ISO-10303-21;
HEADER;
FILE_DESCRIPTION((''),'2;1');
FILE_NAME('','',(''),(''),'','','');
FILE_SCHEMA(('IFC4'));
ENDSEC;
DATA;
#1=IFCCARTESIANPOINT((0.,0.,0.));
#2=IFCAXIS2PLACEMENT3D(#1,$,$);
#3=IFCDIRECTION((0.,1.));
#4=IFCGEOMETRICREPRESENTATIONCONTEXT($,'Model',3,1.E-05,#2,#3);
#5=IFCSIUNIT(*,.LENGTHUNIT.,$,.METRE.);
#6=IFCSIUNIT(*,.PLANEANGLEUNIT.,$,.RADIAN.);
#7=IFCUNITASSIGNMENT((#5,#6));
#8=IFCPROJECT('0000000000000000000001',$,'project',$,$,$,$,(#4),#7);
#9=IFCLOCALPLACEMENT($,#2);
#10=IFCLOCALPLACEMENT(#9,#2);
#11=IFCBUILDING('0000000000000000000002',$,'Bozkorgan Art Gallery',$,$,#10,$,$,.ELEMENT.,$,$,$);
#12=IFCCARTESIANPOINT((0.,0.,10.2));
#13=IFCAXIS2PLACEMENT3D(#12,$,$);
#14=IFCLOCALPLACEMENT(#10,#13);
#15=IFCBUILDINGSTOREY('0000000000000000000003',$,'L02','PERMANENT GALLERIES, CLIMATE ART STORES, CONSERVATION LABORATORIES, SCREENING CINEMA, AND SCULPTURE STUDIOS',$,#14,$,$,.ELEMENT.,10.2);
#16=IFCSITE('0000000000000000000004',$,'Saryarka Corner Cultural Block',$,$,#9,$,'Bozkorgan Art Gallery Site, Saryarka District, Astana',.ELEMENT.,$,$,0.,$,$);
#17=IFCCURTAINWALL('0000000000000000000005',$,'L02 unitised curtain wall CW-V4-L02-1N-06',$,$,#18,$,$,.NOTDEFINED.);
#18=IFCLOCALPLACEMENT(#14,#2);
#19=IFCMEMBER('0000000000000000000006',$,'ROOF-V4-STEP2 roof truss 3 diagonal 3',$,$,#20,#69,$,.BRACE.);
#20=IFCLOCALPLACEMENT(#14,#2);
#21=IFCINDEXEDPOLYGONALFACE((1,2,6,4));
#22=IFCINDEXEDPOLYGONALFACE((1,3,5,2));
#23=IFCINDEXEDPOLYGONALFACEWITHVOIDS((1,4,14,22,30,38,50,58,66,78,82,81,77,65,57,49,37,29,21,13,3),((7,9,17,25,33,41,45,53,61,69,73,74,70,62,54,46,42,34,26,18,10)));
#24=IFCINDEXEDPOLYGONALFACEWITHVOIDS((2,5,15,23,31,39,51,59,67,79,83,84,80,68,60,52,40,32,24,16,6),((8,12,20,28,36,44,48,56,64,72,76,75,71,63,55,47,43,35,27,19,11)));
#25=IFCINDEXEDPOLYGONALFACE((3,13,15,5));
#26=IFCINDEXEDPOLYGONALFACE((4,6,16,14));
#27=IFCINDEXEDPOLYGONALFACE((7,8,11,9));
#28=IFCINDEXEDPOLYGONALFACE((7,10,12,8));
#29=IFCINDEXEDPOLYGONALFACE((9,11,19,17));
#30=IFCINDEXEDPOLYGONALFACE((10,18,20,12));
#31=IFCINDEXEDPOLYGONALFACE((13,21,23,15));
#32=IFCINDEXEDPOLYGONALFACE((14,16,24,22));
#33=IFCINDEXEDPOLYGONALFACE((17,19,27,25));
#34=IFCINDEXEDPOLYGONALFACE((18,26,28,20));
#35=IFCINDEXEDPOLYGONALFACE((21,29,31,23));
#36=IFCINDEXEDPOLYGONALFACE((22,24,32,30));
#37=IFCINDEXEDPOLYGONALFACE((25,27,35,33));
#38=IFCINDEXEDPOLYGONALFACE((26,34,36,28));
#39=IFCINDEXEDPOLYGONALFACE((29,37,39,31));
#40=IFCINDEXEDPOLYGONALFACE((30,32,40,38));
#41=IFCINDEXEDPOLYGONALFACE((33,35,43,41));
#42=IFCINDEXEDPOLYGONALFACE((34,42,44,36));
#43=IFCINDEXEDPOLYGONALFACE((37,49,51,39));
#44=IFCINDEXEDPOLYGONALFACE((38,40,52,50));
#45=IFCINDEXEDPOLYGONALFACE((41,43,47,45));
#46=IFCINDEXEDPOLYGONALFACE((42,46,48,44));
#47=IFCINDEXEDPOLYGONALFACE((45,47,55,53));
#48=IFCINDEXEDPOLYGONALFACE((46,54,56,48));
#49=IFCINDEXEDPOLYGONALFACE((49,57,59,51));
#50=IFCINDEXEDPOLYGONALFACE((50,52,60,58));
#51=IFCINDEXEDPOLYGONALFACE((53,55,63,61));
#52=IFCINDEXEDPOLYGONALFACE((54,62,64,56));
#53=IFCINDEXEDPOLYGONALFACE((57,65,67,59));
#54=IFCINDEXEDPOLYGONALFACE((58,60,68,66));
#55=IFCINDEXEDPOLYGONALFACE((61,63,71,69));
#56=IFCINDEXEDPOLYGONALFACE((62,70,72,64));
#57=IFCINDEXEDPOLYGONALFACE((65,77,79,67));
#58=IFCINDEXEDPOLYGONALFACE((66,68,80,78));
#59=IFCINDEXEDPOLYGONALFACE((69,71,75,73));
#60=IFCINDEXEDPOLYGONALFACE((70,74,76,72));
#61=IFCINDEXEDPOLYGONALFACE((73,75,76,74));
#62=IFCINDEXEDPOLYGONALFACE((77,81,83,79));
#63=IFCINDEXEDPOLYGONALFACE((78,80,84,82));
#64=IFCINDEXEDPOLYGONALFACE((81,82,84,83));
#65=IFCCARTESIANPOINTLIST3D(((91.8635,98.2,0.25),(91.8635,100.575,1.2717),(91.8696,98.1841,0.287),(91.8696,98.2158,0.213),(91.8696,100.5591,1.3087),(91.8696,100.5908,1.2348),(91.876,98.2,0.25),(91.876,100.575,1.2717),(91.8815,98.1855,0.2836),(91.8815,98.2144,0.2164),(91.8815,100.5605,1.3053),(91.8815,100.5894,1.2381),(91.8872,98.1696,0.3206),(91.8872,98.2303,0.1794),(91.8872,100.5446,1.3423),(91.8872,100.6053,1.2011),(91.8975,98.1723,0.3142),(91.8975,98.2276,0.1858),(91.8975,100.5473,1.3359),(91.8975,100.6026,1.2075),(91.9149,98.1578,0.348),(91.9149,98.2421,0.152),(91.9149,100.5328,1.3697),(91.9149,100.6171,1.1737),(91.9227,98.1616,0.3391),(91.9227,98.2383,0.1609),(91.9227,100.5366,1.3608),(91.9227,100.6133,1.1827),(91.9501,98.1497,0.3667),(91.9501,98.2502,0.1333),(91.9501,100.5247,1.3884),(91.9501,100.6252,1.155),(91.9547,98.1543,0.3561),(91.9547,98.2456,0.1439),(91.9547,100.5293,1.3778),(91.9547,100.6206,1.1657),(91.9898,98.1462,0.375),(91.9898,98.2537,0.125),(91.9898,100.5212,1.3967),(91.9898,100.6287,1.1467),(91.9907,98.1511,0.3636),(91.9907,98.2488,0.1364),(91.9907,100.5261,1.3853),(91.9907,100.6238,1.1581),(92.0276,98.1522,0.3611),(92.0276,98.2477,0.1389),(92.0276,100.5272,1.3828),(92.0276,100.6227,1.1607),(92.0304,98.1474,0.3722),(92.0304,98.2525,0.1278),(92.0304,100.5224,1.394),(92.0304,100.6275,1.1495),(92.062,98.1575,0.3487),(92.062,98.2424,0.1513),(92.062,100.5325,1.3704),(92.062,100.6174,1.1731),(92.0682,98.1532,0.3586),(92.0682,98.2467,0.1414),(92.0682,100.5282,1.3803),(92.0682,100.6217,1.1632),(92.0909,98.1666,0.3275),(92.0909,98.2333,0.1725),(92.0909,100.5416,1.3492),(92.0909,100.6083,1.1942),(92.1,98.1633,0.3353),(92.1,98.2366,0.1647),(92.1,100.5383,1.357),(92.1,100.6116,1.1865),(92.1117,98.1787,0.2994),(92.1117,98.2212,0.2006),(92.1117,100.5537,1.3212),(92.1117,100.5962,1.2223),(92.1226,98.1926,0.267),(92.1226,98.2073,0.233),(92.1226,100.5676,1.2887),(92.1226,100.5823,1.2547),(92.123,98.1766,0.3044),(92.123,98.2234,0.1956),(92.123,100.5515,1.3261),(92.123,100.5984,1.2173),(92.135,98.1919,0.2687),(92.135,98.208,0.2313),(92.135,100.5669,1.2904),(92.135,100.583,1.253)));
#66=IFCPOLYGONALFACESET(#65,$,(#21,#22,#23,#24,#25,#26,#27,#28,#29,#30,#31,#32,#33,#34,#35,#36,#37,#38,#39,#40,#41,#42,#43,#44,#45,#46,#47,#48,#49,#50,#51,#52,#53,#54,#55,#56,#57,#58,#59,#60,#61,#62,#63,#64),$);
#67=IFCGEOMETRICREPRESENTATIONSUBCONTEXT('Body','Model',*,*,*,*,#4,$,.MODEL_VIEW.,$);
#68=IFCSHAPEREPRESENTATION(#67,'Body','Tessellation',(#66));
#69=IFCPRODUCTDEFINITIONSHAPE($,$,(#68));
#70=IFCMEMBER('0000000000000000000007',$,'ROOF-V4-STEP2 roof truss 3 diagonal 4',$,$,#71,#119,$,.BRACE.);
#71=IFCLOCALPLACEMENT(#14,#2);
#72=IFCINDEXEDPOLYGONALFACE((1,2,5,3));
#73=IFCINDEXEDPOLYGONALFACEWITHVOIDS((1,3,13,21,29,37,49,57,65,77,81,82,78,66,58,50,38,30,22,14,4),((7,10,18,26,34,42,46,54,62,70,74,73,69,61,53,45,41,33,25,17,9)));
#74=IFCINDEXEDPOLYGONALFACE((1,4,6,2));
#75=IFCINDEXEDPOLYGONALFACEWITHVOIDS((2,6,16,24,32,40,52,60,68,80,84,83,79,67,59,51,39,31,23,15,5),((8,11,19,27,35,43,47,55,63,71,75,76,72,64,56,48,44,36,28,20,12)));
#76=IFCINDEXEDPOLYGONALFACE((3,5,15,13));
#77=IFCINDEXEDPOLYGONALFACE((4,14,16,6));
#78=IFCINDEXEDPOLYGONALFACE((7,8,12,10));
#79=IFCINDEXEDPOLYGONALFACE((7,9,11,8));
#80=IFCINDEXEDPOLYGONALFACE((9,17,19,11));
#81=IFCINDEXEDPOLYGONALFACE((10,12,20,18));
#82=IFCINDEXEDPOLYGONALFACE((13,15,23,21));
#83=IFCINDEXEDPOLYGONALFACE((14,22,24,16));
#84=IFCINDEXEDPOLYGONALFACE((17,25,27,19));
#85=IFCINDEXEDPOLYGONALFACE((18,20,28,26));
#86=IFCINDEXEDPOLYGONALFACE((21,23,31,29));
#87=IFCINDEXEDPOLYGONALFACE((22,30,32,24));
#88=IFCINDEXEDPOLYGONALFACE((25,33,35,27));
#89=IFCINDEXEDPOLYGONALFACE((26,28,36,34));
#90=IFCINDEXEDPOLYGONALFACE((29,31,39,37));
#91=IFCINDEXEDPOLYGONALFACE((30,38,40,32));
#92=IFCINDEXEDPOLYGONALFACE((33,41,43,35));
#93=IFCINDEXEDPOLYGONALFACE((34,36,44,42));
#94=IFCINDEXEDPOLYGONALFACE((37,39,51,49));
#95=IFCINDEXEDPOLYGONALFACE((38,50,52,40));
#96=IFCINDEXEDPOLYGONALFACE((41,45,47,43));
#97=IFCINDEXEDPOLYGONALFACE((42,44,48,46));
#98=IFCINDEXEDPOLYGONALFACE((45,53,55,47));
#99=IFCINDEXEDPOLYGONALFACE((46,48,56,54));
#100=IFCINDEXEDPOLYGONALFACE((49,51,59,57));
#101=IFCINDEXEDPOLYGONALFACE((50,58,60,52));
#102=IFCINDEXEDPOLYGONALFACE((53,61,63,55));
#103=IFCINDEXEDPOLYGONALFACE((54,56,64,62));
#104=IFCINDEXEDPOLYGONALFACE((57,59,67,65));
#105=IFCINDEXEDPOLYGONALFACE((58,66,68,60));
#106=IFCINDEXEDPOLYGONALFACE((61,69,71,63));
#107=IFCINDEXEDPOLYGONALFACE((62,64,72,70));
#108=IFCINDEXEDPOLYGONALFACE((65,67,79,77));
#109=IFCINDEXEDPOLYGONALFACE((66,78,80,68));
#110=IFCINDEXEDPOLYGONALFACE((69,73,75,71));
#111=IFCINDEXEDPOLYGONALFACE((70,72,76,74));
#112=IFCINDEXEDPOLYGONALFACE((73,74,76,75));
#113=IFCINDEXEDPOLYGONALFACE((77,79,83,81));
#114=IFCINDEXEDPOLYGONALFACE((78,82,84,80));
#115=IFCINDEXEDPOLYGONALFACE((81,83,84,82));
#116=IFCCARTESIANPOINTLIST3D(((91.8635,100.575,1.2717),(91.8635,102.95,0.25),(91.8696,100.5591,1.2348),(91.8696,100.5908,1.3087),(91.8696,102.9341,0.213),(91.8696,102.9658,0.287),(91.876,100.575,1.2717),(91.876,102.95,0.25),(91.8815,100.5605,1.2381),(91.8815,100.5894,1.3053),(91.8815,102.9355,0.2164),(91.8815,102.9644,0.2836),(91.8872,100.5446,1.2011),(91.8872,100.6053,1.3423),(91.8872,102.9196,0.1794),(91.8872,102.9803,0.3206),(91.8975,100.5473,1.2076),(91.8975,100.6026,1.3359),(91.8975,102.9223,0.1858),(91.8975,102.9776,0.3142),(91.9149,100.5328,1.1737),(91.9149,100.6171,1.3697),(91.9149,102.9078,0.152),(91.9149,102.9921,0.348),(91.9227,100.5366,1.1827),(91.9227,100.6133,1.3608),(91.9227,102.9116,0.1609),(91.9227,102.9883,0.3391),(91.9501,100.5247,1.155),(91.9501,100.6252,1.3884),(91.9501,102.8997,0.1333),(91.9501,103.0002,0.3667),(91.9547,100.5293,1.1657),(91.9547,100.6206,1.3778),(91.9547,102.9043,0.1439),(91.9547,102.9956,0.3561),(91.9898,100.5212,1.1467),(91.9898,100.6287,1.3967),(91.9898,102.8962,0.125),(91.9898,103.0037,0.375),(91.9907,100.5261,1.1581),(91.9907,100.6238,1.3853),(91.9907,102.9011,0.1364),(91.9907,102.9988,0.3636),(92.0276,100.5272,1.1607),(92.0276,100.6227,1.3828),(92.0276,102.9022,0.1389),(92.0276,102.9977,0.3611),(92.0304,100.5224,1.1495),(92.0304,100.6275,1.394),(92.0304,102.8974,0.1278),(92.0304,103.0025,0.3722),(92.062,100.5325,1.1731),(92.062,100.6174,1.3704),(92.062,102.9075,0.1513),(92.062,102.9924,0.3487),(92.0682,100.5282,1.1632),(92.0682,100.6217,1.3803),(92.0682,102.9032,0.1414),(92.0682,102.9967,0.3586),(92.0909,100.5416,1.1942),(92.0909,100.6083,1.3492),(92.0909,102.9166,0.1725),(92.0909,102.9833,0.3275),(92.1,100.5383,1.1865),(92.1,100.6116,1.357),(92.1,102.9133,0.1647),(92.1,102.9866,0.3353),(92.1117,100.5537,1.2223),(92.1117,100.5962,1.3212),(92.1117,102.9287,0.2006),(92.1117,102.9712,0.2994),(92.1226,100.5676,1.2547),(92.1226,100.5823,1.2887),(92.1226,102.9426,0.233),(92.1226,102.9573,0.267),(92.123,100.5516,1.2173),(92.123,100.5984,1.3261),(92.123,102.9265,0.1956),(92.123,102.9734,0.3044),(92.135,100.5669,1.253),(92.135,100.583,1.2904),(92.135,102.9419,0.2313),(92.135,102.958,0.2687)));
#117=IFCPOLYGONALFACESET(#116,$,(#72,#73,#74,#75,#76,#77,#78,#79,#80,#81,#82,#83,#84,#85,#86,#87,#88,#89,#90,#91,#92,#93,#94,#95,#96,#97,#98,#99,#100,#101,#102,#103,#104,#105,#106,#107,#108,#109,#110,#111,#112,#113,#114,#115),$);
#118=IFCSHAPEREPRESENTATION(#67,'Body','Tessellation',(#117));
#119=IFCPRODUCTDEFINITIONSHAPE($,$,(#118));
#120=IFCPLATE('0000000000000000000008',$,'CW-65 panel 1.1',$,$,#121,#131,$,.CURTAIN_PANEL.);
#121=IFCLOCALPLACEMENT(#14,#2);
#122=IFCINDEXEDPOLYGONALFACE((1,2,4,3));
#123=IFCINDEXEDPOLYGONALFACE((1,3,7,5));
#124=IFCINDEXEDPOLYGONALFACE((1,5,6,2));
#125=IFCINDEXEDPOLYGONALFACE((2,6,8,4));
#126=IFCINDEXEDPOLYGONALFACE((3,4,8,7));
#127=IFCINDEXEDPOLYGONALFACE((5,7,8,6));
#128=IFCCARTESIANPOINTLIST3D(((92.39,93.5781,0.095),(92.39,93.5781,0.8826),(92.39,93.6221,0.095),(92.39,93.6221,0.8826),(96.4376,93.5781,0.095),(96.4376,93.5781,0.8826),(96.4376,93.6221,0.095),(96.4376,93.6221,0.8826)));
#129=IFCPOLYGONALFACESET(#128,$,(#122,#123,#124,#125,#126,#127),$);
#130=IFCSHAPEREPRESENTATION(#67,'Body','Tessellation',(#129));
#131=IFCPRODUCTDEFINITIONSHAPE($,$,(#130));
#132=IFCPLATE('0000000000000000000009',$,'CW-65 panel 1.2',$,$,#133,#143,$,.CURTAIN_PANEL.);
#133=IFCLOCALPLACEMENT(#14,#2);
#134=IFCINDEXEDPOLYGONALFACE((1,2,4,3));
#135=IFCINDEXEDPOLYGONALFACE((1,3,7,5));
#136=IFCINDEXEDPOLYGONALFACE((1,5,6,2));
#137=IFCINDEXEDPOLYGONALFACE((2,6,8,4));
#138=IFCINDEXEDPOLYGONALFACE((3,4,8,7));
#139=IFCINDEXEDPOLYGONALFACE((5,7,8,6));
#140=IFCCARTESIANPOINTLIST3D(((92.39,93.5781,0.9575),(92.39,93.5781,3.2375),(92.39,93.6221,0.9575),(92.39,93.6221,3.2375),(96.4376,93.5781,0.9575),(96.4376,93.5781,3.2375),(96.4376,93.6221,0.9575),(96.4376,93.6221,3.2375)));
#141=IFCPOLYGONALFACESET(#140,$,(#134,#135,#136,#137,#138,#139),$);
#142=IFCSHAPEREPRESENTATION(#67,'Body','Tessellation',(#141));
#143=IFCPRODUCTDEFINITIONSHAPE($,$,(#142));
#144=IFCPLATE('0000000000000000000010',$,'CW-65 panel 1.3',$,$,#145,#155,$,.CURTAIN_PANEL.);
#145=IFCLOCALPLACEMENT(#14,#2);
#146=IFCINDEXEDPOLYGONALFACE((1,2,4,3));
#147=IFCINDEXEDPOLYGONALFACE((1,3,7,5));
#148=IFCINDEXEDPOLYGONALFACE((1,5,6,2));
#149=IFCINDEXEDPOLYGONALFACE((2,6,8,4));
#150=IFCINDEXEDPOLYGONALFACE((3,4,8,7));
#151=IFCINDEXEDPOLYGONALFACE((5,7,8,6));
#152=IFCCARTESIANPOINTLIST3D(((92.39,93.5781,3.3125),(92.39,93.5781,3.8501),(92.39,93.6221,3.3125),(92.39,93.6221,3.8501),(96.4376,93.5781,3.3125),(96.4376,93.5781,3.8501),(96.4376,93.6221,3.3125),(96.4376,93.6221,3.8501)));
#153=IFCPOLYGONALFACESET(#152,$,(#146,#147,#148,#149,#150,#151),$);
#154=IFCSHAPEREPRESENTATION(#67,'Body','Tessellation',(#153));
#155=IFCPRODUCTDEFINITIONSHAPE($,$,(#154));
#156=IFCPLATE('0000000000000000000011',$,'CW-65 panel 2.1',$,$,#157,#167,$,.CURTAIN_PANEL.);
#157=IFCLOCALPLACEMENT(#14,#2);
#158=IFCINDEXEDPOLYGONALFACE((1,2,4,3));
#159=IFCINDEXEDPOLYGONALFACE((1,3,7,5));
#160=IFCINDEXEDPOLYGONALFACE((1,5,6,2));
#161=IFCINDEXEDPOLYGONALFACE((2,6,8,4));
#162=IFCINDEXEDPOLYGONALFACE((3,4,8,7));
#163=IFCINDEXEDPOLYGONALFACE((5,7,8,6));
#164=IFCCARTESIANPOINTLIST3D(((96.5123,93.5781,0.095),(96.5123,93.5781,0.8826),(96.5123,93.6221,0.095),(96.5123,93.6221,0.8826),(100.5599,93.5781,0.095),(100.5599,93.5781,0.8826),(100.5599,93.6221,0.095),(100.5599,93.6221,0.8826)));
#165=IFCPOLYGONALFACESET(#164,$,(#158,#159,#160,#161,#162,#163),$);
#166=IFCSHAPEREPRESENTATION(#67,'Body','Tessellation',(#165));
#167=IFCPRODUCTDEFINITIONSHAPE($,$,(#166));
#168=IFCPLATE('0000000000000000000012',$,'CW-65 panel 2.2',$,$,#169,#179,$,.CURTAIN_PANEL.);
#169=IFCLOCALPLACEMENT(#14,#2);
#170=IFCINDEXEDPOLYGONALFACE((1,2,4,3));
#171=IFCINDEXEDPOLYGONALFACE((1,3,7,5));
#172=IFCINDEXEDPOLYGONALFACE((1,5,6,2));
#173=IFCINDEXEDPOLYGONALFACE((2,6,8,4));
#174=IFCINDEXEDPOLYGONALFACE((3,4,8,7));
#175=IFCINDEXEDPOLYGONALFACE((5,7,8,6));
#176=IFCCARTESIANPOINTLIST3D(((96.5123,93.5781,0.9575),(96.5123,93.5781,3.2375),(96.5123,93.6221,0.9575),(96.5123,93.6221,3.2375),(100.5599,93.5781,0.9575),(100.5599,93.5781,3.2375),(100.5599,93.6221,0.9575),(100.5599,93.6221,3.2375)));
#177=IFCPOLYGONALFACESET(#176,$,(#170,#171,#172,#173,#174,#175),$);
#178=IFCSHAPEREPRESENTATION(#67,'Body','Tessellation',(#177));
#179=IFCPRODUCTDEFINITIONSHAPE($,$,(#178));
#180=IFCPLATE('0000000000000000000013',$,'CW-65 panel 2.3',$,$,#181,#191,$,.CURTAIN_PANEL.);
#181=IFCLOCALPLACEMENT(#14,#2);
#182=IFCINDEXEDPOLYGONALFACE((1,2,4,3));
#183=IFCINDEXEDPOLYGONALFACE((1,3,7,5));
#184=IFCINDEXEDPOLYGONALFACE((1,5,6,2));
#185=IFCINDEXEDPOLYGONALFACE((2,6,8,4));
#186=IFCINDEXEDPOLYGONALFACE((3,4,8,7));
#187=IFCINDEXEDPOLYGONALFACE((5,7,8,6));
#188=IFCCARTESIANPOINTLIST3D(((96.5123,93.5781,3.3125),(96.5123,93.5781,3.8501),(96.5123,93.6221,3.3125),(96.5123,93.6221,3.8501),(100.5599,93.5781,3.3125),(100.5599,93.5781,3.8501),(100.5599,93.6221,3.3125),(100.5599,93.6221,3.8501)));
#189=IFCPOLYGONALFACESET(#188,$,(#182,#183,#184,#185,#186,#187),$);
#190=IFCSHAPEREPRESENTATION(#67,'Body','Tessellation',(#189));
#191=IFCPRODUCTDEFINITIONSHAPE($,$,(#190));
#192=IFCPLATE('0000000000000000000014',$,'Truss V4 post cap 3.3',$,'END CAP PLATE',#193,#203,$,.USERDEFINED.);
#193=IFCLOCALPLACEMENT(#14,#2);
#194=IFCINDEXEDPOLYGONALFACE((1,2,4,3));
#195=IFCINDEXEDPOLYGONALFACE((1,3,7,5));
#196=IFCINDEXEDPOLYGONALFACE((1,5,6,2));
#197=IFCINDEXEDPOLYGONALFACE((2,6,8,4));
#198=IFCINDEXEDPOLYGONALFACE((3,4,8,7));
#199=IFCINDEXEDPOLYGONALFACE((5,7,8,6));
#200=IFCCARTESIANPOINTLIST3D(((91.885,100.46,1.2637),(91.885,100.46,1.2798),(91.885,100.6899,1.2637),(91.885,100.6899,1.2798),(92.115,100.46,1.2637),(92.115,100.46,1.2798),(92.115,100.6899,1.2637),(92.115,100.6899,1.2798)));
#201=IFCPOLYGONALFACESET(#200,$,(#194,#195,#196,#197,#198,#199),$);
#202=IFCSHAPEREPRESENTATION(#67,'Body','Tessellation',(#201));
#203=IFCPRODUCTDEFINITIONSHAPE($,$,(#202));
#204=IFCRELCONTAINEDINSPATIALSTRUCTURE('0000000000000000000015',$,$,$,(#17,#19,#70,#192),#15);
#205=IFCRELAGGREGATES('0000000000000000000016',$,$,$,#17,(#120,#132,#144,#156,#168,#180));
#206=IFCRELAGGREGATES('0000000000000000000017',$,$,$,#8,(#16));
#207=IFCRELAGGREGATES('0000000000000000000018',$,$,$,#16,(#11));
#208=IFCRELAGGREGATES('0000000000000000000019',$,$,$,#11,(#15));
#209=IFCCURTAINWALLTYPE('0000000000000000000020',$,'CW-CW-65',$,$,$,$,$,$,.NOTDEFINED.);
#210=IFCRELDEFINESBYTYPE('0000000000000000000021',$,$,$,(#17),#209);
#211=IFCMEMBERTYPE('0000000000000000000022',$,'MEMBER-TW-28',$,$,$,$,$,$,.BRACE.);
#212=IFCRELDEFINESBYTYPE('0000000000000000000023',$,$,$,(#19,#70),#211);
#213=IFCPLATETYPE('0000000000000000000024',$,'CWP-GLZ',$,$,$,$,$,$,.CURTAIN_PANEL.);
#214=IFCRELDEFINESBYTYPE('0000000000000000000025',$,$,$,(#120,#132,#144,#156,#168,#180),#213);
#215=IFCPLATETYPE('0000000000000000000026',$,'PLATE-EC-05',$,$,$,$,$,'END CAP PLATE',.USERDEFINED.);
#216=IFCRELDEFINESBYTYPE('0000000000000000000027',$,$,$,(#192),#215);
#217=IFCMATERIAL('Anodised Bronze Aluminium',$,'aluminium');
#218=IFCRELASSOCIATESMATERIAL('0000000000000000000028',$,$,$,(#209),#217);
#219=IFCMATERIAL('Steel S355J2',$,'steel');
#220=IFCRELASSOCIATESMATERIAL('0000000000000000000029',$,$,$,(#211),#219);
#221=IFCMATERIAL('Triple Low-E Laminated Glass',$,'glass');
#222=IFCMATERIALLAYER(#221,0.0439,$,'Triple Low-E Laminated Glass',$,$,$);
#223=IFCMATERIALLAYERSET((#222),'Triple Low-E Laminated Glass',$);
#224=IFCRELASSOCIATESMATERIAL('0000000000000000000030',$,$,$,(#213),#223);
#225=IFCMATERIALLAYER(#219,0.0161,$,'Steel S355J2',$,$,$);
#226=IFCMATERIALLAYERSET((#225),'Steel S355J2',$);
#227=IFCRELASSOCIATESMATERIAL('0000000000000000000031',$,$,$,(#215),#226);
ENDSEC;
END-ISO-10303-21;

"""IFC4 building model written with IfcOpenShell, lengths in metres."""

from ifc_helpers import new_model, si_unit, direction, frame, origin, origin_2d, place, context, subcontext, project, spatial, rectangle, hollow_circle, extrude, material, layer, layer_set, material_profile, profile_set, type_object, element, aggregate, save


model = new_model("IFC4")

# Units and contexts
model_context = context("Model", 3, precision=1e-05, world=origin(), true_north=direction((0.0, 1.0)))
body_context = subcontext(model_context, "Body", "Model", "MODEL_VIEW")
ifc_project = project(units=[si_unit("LENGTHUNIT", "METRE"), si_unit("PLANEANGLEUNIT", "RADIAN")], contexts=[model_context])

# Site, building, storey
site_placement = place(None, origin())
site = spatial("IfcSite", under=ifc_project, at=site_placement, Name="Saryarka Corner Cultural Block", LongName="Bozkorgan Art Gallery Site, Saryarka District, Astana", CompositionType="ELEMENT", RefElevation=0.0)
building_placement = place(site_placement, origin())
building = spatial("IfcBuilding", under=site, at=building_placement, Name="Bozkorgan Art Gallery", CompositionType="ELEMENT")
storey_placement = place(building_placement, frame((0.0, 0.0, 10.2)))
storey = spatial("IfcBuildingStorey", under=building, at=storey_placement, Name="L02", Description="PERMANENT GALLERIES, CLIMATE ART STORES, CONSERVATION LABORATORIES, SCREENING CINEMA, AND SCULPTURE STUDIOS", CompositionType="ELEMENT", Elevation=10.2)

# Shared definitions
ifc_material_1 = material(Name="Steel S355J2", Category="steel")

# Curtain wall
ifc_material_2 = material(Name="Anodised Bronze Aluminium", Category="aluminium")
curtain_wall_type = type_object("IfcCurtainWallType", Name="CW-CW-65", PredefinedType="NOTDEFINED", material=ifc_material_2)
curtain_wall_placement = place(storey_placement, origin())
curtain_wall = element("IfcCurtainWall", 1, at=curtain_wall_placement, inside=storey, type_object=curtain_wall_type, Name="L02 unitised curtain wall CW-V4-L02-1N-06", PredefinedType="NOTDEFINED")

# Members
ifc_material_profile_1 = material_profile(ifc_material_1, hollow_circle(Radius=0.1365, WallThickness=0.0125, at=origin_2d()), Name="CHS 273x12.5")
ifc_profile_set_1 = profile_set([ifc_material_profile_1], Name="Steel S355J2")
member_type_1 = type_object("IfcMemberType", Name="MEMBER-TW-28", PredefinedType="BRACE", material=ifc_profile_set_1)
for number, where, z_axis, x_axis, name in (
    (2, (92.0, 98.2, 0.25), (0.0, 0.918602, 0.395184), (-1.0, 0.0, 0.0), "ROOF-V4-STEP2 roof truss 3 diagonal 3"),
    (3, (92.0, 100.575, 1.2717), (0.0, 0.918602, -0.395184), (-1.0, 0.0, 0.0), "ROOF-V4-STEP2 roof truss 3 diagonal 4"),
):
    element("IfcMember", number, at=place(storey_placement, frame(where, z_axis=z_axis, x_axis=x_axis)), inside=storey, type_object=member_type_1, Name=name, PredefinedType="BRACE", context=body_context, shape_type="SweptSolid", body=[
        extrude(hollow_circle(Radius=0.1365, WallThickness=0.0125, at=origin_2d()), origin(), (0.0, 0.0, 1.0), 2.5854),
    ])

# Plates
ifc_material_3 = material(Name="Triple Low-E Laminated Glass", Category="glass")
ifc_layer_1 = layer(ifc_material_3, 0.0439, Name="Triple Low-E Laminated Glass")
ifc_layer_set_1 = layer_set([ifc_layer_1], Name="Triple Low-E Laminated Glass")
plate_type_1 = type_object("IfcPlateType", Name="CWP-GLZ", PredefinedType="CURTAIN_PANEL", material=ifc_layer_set_1)
plate_1_placement = place(storey_placement, frame((94.4138, 93.6001, 0.095), z_axis=(0.0, 0.0, 1.0), x_axis=(1.0, 0.0, 0.0)))
plate_1 = element("IfcPlate", 4, at=plate_1_placement, type_object=plate_type_1, Name="CW-65 panel 1.1", PredefinedType="CURTAIN_PANEL", context=body_context, shape_type="SweptSolid", body=[
    extrude(rectangle(XDim=4.0476, YDim=0.0439, at=origin_2d()), origin(), (0.0, 0.0, 1.0), 0.7876),
])
plate_2_placement = place(storey_placement, frame((94.4138, 93.6001, 0.9575), z_axis=(0.0, 0.0, 1.0), x_axis=(1.0, 0.0, 0.0)))
plate_2 = element("IfcPlate", 5, at=plate_2_placement, type_object=plate_type_1, Name="CW-65 panel 1.2", PredefinedType="CURTAIN_PANEL", context=body_context, shape_type="SweptSolid", body=[
    extrude(rectangle(XDim=4.0476, YDim=0.0439, at=origin_2d()), origin(), (0.0, 0.0, 1.0), 2.28),
])
plate_3_placement = place(storey_placement, frame((94.4138, 93.6001, 3.3125), z_axis=(0.0, 0.0, 1.0), x_axis=(1.0, 0.0, 0.0)))
plate_3 = element("IfcPlate", 6, at=plate_3_placement, type_object=plate_type_1, Name="CW-65 panel 1.3", PredefinedType="CURTAIN_PANEL", context=body_context, shape_type="SweptSolid", body=[
    extrude(rectangle(XDim=4.0476, YDim=0.0439, at=origin_2d()), origin(), (0.0, 0.0, 1.0), 0.5376),
])
plate_4_placement = place(storey_placement, frame((98.5361, 93.6001, 0.095), z_axis=(0.0, 0.0, 1.0), x_axis=(1.0, 0.0, 0.0)))
plate_4 = element("IfcPlate", 7, at=plate_4_placement, type_object=plate_type_1, Name="CW-65 panel 2.1", PredefinedType="CURTAIN_PANEL", context=body_context, shape_type="SweptSolid", body=[
    extrude(rectangle(XDim=4.0476, YDim=0.0439, at=origin_2d()), origin(), (0.0, 0.0, 1.0), 0.7876),
])
plate_5_placement = place(storey_placement, frame((98.5361, 93.6001, 0.9575), z_axis=(0.0, 0.0, 1.0), x_axis=(1.0, 0.0, 0.0)))
plate_5 = element("IfcPlate", 8, at=plate_5_placement, type_object=plate_type_1, Name="CW-65 panel 2.2", PredefinedType="CURTAIN_PANEL", context=body_context, shape_type="SweptSolid", body=[
    extrude(rectangle(XDim=4.0476, YDim=0.0439, at=origin_2d()), origin(), (0.0, 0.0, 1.0), 2.28),
])
plate_6_placement = place(storey_placement, frame((98.5361, 93.6001, 3.3125), z_axis=(0.0, 0.0, 1.0), x_axis=(1.0, 0.0, 0.0)))
plate_6 = element("IfcPlate", 9, at=plate_6_placement, type_object=plate_type_1, Name="CW-65 panel 2.3", PredefinedType="CURTAIN_PANEL", context=body_context, shape_type="SweptSolid", body=[
    extrude(rectangle(XDim=4.0476, YDim=0.0439, at=origin_2d()), origin(), (0.0, 0.0, 1.0), 0.5376),
])
aggregate(curtain_wall, [plate_1, plate_2, plate_3, plate_4, plate_5, plate_6])

# Plate
ifc_layer_2 = layer(ifc_material_1, 0.0161, Name="Steel S355J2")
ifc_layer_set_2 = layer_set([ifc_layer_2], Name="Steel S355J2")
plate_type_2 = type_object("IfcPlateType", Name="PLATE-EC-05", ElementType="END CAP PLATE", PredefinedType="USERDEFINED", material=ifc_layer_set_2)
for number, where, z_axis, x_axis, name in (
    (10, (92.0, 100.575, 1.2637), (0.0, 0.0, 1.0), (1.0, 0.0, 0.0), "Truss V4 post cap 3.3"),
):
    element("IfcPlate", number, at=place(storey_placement, frame(where, z_axis=z_axis, x_axis=x_axis)), inside=storey, type_object=plate_type_2, Name=name, ObjectType="END CAP PLATE", PredefinedType="USERDEFINED", context=body_context, shape_type="SweptSolid", body=[
        extrude(rectangle(XDim=0.23, YDim=0.23, at=origin_2d()), origin(), (0.0, 0.0, 1.0), 0.0161),
    ])

save(model, "model.ifc")
